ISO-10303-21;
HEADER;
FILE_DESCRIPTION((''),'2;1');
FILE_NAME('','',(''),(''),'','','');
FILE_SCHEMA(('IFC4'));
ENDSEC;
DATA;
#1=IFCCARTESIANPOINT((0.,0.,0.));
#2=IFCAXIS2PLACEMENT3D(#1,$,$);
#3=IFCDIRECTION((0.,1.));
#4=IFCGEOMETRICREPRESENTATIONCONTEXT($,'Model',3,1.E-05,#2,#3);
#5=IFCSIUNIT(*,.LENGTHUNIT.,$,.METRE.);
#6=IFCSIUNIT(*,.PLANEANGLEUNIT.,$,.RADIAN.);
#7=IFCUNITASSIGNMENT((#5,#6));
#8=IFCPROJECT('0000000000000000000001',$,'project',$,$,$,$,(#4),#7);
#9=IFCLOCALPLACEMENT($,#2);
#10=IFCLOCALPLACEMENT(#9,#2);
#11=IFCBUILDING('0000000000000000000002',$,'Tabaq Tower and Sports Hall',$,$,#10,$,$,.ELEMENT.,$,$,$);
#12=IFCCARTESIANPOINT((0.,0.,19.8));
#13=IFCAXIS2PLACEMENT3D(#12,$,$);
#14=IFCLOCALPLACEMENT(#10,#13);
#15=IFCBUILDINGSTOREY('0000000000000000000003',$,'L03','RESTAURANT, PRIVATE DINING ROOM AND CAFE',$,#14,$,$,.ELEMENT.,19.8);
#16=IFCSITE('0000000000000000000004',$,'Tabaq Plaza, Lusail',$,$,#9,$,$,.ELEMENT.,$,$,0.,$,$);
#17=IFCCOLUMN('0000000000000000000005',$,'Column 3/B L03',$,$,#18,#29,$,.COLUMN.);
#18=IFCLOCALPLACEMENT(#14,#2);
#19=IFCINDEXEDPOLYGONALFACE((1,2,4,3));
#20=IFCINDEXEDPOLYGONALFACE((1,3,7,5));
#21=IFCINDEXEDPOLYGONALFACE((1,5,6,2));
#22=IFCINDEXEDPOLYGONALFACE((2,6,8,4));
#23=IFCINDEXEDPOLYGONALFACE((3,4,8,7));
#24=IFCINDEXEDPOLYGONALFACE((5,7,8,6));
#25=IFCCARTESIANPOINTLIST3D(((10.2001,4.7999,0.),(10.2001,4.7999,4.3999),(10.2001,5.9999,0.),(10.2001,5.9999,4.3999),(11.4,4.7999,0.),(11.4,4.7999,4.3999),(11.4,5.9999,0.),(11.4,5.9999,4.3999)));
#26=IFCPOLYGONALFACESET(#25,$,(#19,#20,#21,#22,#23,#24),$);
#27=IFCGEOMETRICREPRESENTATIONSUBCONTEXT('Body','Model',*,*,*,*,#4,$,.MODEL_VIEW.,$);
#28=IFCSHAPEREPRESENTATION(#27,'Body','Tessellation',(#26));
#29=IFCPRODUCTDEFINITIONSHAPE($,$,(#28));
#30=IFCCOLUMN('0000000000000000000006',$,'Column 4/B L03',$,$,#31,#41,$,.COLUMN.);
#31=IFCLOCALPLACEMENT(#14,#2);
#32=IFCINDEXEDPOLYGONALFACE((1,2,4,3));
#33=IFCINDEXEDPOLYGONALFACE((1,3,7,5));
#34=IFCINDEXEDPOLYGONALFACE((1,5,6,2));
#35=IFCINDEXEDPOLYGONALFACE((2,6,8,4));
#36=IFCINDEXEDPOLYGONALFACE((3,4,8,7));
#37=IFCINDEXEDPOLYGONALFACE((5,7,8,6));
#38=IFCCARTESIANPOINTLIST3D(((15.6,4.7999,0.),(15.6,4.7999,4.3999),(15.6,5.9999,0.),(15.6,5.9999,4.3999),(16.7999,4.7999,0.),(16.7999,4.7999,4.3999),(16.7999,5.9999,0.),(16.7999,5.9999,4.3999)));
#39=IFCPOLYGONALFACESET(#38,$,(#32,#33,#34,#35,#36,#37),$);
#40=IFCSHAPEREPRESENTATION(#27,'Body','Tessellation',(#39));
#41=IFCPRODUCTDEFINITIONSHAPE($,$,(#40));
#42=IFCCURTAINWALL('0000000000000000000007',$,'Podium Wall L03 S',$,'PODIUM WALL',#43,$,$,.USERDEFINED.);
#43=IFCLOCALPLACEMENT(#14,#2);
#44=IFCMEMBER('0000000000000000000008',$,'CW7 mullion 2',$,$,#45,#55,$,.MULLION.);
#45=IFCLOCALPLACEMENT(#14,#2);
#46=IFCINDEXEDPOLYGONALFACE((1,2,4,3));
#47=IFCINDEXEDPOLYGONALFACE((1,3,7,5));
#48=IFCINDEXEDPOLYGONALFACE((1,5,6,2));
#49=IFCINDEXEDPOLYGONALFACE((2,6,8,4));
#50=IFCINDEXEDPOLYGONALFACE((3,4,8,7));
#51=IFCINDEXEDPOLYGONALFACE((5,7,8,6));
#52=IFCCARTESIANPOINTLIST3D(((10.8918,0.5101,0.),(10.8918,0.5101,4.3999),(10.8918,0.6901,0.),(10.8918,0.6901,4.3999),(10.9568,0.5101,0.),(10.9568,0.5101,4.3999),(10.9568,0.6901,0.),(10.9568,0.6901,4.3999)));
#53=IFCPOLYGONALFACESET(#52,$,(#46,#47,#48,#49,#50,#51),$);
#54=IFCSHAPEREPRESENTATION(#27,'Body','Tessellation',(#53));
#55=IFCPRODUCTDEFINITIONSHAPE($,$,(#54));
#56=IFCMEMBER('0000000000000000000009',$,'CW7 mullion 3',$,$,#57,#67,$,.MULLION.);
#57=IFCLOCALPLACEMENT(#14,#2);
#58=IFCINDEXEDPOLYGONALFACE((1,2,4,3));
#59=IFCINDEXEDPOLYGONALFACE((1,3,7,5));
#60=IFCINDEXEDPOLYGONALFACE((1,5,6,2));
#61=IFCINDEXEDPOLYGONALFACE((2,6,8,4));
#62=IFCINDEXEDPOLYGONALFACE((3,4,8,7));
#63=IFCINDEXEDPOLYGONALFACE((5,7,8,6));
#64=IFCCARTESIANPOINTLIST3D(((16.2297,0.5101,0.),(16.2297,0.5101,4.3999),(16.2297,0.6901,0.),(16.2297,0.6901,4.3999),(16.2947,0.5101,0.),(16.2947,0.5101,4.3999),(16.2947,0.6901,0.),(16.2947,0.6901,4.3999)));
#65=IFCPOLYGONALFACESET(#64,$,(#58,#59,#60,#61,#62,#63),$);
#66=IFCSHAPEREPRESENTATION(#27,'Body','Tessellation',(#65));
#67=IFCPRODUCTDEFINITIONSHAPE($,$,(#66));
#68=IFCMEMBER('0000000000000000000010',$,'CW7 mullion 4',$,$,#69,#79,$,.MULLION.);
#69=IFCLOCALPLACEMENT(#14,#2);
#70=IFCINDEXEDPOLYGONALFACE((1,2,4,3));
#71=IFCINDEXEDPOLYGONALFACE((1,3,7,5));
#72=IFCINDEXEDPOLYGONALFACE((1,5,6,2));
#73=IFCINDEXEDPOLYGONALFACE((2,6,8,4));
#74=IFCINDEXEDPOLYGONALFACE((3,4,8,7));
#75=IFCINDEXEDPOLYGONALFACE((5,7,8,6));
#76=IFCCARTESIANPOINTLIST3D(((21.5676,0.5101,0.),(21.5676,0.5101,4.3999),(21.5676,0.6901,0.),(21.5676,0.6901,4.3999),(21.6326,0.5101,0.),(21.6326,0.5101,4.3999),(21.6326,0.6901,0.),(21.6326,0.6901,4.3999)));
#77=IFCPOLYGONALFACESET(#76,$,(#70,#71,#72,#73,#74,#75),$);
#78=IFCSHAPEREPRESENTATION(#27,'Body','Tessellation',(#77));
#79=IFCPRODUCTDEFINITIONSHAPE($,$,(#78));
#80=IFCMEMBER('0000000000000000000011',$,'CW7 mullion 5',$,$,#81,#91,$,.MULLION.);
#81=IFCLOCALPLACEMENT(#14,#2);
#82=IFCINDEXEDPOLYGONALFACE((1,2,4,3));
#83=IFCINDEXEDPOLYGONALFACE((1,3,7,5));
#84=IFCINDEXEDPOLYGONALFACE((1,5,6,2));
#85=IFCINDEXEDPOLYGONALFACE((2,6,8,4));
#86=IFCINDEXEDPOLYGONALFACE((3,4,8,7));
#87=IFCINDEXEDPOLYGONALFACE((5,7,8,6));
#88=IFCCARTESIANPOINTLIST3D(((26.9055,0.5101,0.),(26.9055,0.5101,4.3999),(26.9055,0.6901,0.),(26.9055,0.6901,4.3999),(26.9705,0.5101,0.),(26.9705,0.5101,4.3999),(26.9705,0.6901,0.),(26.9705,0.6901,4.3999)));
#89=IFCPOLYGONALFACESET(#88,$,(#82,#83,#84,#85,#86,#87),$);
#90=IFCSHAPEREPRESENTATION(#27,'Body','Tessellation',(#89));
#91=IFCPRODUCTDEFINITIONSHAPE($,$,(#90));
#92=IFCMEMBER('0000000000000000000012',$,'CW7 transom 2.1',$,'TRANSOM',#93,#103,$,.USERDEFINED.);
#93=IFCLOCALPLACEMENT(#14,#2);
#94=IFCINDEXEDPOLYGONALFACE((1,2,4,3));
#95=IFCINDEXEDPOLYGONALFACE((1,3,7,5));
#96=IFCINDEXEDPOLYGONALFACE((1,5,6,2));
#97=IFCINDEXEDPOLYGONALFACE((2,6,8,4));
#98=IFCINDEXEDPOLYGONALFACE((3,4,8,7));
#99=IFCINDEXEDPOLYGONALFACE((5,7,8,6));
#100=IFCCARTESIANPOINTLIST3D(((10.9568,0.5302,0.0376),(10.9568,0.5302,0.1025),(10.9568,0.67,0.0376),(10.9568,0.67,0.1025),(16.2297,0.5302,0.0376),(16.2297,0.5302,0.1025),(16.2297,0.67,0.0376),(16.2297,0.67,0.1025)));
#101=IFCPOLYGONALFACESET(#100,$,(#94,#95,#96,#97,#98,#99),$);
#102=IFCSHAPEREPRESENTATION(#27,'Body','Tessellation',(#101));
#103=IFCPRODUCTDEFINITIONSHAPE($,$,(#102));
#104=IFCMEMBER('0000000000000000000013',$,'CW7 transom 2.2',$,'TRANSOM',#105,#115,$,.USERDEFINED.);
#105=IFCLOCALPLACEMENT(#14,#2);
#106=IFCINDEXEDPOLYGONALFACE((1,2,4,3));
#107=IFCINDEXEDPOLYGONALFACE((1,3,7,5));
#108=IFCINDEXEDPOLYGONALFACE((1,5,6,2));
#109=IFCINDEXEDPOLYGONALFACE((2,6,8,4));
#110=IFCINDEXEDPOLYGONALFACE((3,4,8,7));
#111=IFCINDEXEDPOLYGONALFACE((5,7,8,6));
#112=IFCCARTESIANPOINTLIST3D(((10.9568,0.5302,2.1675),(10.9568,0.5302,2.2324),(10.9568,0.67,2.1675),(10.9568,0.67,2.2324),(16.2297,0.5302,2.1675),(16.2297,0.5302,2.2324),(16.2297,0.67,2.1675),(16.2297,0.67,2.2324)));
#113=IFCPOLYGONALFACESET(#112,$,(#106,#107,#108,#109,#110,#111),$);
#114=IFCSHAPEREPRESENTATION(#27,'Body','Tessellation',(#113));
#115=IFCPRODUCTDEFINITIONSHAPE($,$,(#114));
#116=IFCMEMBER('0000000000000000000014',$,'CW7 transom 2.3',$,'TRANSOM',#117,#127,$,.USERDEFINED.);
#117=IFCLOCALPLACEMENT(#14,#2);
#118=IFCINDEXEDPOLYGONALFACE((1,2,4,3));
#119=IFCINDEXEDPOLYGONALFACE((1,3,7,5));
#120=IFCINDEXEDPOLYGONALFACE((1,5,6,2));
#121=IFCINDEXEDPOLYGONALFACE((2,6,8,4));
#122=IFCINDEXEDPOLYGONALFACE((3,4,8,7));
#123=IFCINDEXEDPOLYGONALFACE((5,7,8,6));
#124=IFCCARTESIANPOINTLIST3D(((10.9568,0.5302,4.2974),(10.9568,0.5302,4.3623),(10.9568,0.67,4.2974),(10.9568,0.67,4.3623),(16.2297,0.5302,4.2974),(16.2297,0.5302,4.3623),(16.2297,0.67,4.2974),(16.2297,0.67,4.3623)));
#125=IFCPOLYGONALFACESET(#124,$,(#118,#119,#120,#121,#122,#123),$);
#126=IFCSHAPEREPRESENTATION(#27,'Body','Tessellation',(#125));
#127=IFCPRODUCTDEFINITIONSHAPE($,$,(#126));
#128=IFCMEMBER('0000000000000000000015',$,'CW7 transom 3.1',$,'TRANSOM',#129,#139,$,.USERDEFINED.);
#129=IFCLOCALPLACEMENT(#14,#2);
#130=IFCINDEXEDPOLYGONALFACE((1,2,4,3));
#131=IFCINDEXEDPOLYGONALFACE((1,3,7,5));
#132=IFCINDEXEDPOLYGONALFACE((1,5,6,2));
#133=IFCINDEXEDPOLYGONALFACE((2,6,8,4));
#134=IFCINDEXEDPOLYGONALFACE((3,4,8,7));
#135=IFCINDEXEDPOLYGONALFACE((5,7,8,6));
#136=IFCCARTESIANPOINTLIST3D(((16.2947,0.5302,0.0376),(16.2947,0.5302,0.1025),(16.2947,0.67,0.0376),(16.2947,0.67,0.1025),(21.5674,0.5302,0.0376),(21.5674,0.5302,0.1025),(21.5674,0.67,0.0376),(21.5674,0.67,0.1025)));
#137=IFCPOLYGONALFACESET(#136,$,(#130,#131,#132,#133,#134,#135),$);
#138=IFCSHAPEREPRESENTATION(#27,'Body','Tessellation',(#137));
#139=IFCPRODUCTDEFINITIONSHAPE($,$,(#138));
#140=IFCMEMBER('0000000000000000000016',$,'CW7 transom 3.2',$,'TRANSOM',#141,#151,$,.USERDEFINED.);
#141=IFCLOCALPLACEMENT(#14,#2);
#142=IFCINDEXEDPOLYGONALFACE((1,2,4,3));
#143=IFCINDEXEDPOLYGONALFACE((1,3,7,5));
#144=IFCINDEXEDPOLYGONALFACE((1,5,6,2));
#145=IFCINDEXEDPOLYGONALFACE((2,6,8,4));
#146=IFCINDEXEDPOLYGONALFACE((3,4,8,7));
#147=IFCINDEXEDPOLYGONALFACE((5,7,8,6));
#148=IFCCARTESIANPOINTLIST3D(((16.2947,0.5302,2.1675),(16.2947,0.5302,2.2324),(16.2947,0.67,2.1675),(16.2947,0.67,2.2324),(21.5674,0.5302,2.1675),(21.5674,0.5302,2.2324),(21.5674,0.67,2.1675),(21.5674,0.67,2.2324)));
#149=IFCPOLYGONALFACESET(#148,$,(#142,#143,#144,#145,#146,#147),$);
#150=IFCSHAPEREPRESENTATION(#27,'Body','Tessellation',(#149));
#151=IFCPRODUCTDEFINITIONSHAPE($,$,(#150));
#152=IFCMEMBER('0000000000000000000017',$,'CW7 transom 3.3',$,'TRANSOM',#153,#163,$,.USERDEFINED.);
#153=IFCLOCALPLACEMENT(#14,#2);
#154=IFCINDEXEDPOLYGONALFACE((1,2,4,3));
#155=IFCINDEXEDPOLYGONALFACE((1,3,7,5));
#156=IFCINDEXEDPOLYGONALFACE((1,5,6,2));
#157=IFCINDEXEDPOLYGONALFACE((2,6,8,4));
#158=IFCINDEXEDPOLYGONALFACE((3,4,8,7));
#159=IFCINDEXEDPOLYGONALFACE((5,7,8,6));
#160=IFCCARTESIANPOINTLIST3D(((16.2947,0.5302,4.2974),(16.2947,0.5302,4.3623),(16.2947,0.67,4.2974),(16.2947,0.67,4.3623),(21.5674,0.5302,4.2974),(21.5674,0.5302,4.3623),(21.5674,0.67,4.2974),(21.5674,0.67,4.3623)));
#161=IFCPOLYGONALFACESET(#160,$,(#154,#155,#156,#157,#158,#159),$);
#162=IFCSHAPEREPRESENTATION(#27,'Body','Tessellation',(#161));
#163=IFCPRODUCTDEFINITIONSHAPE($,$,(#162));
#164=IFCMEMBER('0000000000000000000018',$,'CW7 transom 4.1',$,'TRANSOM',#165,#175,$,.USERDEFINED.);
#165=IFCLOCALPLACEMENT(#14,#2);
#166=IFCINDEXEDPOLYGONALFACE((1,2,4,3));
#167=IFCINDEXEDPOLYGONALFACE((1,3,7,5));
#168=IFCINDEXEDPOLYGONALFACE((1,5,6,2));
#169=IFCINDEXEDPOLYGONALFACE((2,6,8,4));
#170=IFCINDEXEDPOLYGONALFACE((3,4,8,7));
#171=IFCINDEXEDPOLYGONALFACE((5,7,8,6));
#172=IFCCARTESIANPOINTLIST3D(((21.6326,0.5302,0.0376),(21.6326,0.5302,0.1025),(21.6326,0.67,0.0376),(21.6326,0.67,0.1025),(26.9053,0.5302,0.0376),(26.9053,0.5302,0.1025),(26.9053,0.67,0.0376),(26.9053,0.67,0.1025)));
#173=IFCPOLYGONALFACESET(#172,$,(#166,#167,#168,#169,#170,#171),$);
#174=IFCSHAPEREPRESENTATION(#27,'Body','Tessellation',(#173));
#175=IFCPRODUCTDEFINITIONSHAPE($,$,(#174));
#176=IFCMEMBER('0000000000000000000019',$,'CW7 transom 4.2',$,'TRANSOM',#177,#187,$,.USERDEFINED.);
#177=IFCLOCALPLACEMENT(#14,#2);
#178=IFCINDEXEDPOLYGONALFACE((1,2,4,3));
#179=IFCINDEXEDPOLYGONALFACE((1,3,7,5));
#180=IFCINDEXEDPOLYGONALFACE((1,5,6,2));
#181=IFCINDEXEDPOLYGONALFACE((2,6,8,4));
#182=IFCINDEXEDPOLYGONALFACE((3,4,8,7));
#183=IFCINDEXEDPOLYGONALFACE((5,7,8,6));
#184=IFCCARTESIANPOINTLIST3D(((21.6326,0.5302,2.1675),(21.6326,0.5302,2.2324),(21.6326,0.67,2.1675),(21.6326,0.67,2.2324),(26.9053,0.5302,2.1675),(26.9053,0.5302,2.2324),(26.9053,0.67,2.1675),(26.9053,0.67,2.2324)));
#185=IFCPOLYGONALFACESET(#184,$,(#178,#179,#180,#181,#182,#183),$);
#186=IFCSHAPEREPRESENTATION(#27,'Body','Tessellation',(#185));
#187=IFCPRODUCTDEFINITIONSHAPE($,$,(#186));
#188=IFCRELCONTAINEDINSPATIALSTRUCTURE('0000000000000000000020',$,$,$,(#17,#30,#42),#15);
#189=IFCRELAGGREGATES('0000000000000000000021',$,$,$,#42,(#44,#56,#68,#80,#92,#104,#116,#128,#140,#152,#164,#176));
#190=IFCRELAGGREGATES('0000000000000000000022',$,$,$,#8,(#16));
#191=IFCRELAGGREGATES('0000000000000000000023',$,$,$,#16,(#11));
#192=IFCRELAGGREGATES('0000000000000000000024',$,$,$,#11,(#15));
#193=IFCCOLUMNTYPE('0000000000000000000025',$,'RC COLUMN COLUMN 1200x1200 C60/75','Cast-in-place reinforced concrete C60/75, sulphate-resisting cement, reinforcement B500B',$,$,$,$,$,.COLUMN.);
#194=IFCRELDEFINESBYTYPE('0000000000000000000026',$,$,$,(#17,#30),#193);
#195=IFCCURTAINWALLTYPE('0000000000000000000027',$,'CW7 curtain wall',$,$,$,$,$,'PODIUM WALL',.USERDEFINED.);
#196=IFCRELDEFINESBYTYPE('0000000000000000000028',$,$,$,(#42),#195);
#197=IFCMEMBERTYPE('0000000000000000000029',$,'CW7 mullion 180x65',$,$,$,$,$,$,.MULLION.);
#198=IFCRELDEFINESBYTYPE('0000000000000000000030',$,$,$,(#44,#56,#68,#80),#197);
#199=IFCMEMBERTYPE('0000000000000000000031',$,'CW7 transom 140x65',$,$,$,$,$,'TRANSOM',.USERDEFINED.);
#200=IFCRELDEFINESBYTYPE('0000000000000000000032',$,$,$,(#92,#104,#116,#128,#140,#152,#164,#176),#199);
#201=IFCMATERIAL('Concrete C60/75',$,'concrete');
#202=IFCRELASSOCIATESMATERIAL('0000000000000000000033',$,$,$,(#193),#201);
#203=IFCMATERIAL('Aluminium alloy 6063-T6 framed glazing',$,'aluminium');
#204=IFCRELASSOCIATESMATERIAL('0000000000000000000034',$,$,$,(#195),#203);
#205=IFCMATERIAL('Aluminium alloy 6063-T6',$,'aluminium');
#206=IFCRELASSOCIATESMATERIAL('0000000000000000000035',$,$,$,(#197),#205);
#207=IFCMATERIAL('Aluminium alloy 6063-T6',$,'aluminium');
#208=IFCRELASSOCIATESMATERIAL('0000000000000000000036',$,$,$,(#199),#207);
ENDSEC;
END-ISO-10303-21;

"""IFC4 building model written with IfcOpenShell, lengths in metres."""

from ifc_helpers import new_model, si_unit, direction, frame, origin, origin_2d, place, context, subcontext, project, spatial, rectangle, extrude, material, material_profile, profile_set, type_object, element, aggregate, save


model = new_model("IFC4")

# Units and contexts
model_context = context("Model", 3, precision=1e-05, world=origin(), true_north=direction((0.0, 1.0)))
body_context = subcontext(model_context, "Body", "Model", "MODEL_VIEW")
ifc_project = project(units=[si_unit("LENGTHUNIT", "METRE"), si_unit("PLANEANGLEUNIT", "RADIAN")], contexts=[model_context])

# Site, building, storey
site_placement = place(None, origin())
site = spatial("IfcSite", under=ifc_project, at=site_placement, Name="Tabaq Plaza, Lusail", CompositionType="ELEMENT", RefElevation=0.0)
building_placement = place(site_placement, origin())
building = spatial("IfcBuilding", under=site, at=building_placement, Name="Tabaq Tower and Sports Hall", CompositionType="ELEMENT")
storey_placement = place(building_placement, frame((0.0, 0.0, 19.8)))
storey = spatial("IfcBuildingStorey", under=building, at=storey_placement, Name="L03", Description="RESTAURANT, PRIVATE DINING ROOM AND CAFE", CompositionType="ELEMENT", Elevation=19.8)

# Columns
ifc_material_1 = material(Name="Concrete C60/75", Category="concrete")
ifc_material_profile_1 = material_profile(ifc_material_1, rectangle(XDim=1.2, YDim=1.2, at=origin_2d()), Name="COLUMN 1200x1200")
ifc_profile_set_1 = profile_set([ifc_material_profile_1], Name="Concrete C60/75")
column_type = type_object("IfcColumnType", Name="RC COLUMN COLUMN 1200x1200 C60/75", Description="Cast-in-place reinforced concrete C60/75, sulphate-resisting cement, reinforcement B500B", PredefinedType="COLUMN", material=ifc_profile_set_1)
for number, where, z_axis, x_axis, name in (
    (1, (10.8, 5.3999, 0.0), (0.0, 0.0, 1.0), (1.0, 0.0, 0.0), "Column 3/B L03"),
    (2, (16.2, 5.3999, 0.0), (0.0, 0.0, 1.0), (1.0, 0.0, 0.0), "Column 4/B L03"),
):
    element("IfcColumn", number, at=place(storey_placement, frame(where, z_axis=z_axis, x_axis=x_axis)), inside=storey, type_object=column_type, Name=name, PredefinedType="COLUMN", context=body_context, shape_type="SweptSolid", body=[
        extrude(rectangle(XDim=1.2, YDim=1.2, at=origin_2d()), origin(), (0.0, 0.0, 1.0), 4.3999),
    ])

# Curtain wall, members
ifc_material_2 = material(Name="Aluminium alloy 6063-T6 framed glazing", Category="aluminium")
curtain_wall_type = type_object("IfcCurtainWallType", Name="CW7 curtain wall", ElementType="PODIUM WALL", PredefinedType="USERDEFINED", material=ifc_material_2)
curtain_wall_placement = place(storey_placement, origin())
curtain_wall = element("IfcCurtainWall", 3, at=curtain_wall_placement, inside=storey, type_object=curtain_wall_type, Name="Podium Wall L03 S", ObjectType="PODIUM WALL", PredefinedType="USERDEFINED")
ifc_material_3 = material(Name="Aluminium alloy 6063-T6", Category="aluminium")
ifc_material_profile_2 = material_profile(ifc_material_3, rectangle(XDim=0.1799, YDim=0.0649, at=origin_2d()), Name="MULLION 180x65")
ifc_profile_set_2 = profile_set([ifc_material_profile_2], Name="Aluminium alloy 6063-T6")
member_type_1 = type_object("IfcMemberType", Name="CW7 mullion 180x65", PredefinedType="MULLION", material=ifc_profile_set_2)
member_1_placement = place(storey_placement, frame((10.9243, 0.6001, 0.0), z_axis=(0.0, 0.0, 1.0), x_axis=(0.0, 1.0, 0.0)))
member_1 = element("IfcMember", 4, at=member_1_placement, type_object=member_type_1, Name="CW7 mullion 2", PredefinedType="MULLION", context=body_context, shape_type="SweptSolid", body=[
    extrude(rectangle(XDim=0.1799, YDim=0.0649, at=origin_2d()), origin(), (0.0, 0.0, 1.0), 4.3999),
])
member_2_placement = place(storey_placement, frame((16.2622, 0.6001, 0.0), z_axis=(0.0, 0.0, 1.0), x_axis=(0.0, 1.0, 0.0)))
member_2 = element("IfcMember", 5, at=member_2_placement, type_object=member_type_1, Name="CW7 mullion 3", PredefinedType="MULLION", context=body_context, shape_type="SweptSolid", body=[
    extrude(rectangle(XDim=0.1799, YDim=0.0649, at=origin_2d()), origin(), (0.0, 0.0, 1.0), 4.3999),
])
member_3_placement = place(storey_placement, frame((21.6001, 0.6001, 0.0), z_axis=(0.0, 0.0, 1.0), x_axis=(0.0, 1.0, 0.0)))
member_3 = element("IfcMember", 6, at=member_3_placement, type_object=member_type_1, Name="CW7 mullion 4", PredefinedType="MULLION", context=body_context, shape_type="SweptSolid", body=[
    extrude(rectangle(XDim=0.1799, YDim=0.0649, at=origin_2d()), origin(), (0.0, 0.0, 1.0), 4.3999),
])
member_4_placement = place(storey_placement, frame((26.938, 0.6001, 0.0), z_axis=(0.0, 0.0, 1.0), x_axis=(0.0, 1.0, 0.0)))
member_4 = element("IfcMember", 7, at=member_4_placement, type_object=member_type_1, Name="CW7 mullion 5", PredefinedType="MULLION", context=body_context, shape_type="SweptSolid", body=[
    extrude(rectangle(XDim=0.1799, YDim=0.0649, at=origin_2d()), origin(), (0.0, 0.0, 1.0), 4.3999),
])
ifc_material_4 = material(Name="Aluminium alloy 6063-T6", Category="aluminium")
ifc_material_profile_3 = material_profile(ifc_material_4, rectangle(XDim=0.1399, YDim=0.0649, at=origin_2d()), Name="TRANSOM 140x65")
ifc_profile_set_3 = profile_set([ifc_material_profile_3], Name="Aluminium alloy 6063-T6")
member_type_2 = type_object("IfcMemberType", Name="CW7 transom 140x65", ElementType="TRANSOM", PredefinedType="USERDEFINED", material=ifc_profile_set_3)
member_5_placement = place(storey_placement, frame((10.9568, 0.6001, 0.0701), z_axis=(1.0, 0.0, 0.0), x_axis=(0.0, 1.0, 0.0)))
member_5 = element("IfcMember", 8, at=member_5_placement, type_object=member_type_2, Name="CW7 transom 2.1", ObjectType="TRANSOM", PredefinedType="USERDEFINED", context=body_context, shape_type="SweptSolid", body=[
    extrude(rectangle(XDim=0.1399, YDim=0.0649, at=origin_2d()), origin(), (0.0, 0.0, 1.0), 5.2729),
])
member_6_placement = place(storey_placement, frame((10.9568, 0.6001, 2.2), z_axis=(1.0, 0.0, 0.0), x_axis=(0.0, 1.0, 0.0)))
member_6 = element("IfcMember", 9, at=member_6_placement, type_object=member_type_2, Name="CW7 transom 2.2", ObjectType="TRANSOM", PredefinedType="USERDEFINED", context=body_context, shape_type="SweptSolid", body=[
    extrude(rectangle(XDim=0.1399, YDim=0.0649, at=origin_2d()), origin(), (0.0, 0.0, 1.0), 5.2729),
])
member_7_placement = place(storey_placement, frame((10.9568, 0.6001, 4.3298), z_axis=(1.0, 0.0, 0.0), x_axis=(0.0, 1.0, 0.0)))
member_7 = element("IfcMember", 10, at=member_7_placement, type_object=member_type_2, Name="CW7 transom 2.3", ObjectType="TRANSOM", PredefinedType="USERDEFINED", context=body_context, shape_type="SweptSolid", body=[
    extrude(rectangle(XDim=0.1399, YDim=0.0649, at=origin_2d()), origin(), (0.0, 0.0, 1.0), 5.2729),
])
member_8_placement = place(storey_placement, frame((16.2947, 0.6001, 0.0701), z_axis=(1.0, 0.0, 0.0), x_axis=(0.0, 1.0, 0.0)))
member_8 = element("IfcMember", 11, at=member_8_placement, type_object=member_type_2, Name="CW7 transom 3.1", ObjectType="TRANSOM", PredefinedType="USERDEFINED", context=body_context, shape_type="SweptSolid", body=[
    extrude(rectangle(XDim=0.1399, YDim=0.0649, at=origin_2d()), origin(), (0.0, 0.0, 1.0), 5.2727),
])
member_9_placement = place(storey_placement, frame((16.2947, 0.6001, 2.2), z_axis=(1.0, 0.0, 0.0), x_axis=(0.0, 1.0, 0.0)))
member_9 = element("IfcMember", 12, at=member_9_placement, type_object=member_type_2, Name="CW7 transom 3.2", ObjectType="TRANSOM", PredefinedType="USERDEFINED", context=body_context, shape_type="SweptSolid", body=[
    extrude(rectangle(XDim=0.1399, YDim=0.0649, at=origin_2d()), origin(), (0.0, 0.0, 1.0), 5.2727),
])
member_10_placement = place(storey_placement, frame((16.2947, 0.6001, 4.3298), z_axis=(1.0, 0.0, 0.0), x_axis=(0.0, 1.0, 0.0)))
member_10 = element("IfcMember", 13, at=member_10_placement, type_object=member_type_2, Name="CW7 transom 3.3", ObjectType="TRANSOM", PredefinedType="USERDEFINED", context=body_context, shape_type="SweptSolid", body=[
    extrude(rectangle(XDim=0.1399, YDim=0.0649, at=origin_2d()), origin(), (0.0, 0.0, 1.0), 5.2727),
])
member_11_placement = place(storey_placement, frame((21.6326, 0.6001, 0.0701), z_axis=(1.0, 0.0, 0.0), x_axis=(0.0, 1.0, 0.0)))
member_11 = element("IfcMember", 14, at=member_11_placement, type_object=member_type_2, Name="CW7 transom 4.1", ObjectType="TRANSOM", PredefinedType="USERDEFINED", context=body_context, shape_type="SweptSolid", body=[
    extrude(rectangle(XDim=0.1399, YDim=0.0649, at=origin_2d()), origin(), (0.0, 0.0, 1.0), 5.2727),
])
member_12_placement = place(storey_placement, frame((21.6326, 0.6001, 2.2), z_axis=(1.0, 0.0, 0.0), x_axis=(0.0, 1.0, 0.0)))
member_12 = element("IfcMember", 15, at=member_12_placement, type_object=member_type_2, Name="CW7 transom 4.2", ObjectType="TRANSOM", PredefinedType="USERDEFINED", context=body_context, shape_type="SweptSolid", body=[
    extrude(rectangle(XDim=0.1399, YDim=0.0649, at=origin_2d()), origin(), (0.0, 0.0, 1.0), 5.2727),
])

aggregate(curtain_wall, [member_1, member_2, member_3, member_4, member_5, member_6, member_7, member_8, member_9, member_10, member_11, member_12])

save(model, "model.ifc")
